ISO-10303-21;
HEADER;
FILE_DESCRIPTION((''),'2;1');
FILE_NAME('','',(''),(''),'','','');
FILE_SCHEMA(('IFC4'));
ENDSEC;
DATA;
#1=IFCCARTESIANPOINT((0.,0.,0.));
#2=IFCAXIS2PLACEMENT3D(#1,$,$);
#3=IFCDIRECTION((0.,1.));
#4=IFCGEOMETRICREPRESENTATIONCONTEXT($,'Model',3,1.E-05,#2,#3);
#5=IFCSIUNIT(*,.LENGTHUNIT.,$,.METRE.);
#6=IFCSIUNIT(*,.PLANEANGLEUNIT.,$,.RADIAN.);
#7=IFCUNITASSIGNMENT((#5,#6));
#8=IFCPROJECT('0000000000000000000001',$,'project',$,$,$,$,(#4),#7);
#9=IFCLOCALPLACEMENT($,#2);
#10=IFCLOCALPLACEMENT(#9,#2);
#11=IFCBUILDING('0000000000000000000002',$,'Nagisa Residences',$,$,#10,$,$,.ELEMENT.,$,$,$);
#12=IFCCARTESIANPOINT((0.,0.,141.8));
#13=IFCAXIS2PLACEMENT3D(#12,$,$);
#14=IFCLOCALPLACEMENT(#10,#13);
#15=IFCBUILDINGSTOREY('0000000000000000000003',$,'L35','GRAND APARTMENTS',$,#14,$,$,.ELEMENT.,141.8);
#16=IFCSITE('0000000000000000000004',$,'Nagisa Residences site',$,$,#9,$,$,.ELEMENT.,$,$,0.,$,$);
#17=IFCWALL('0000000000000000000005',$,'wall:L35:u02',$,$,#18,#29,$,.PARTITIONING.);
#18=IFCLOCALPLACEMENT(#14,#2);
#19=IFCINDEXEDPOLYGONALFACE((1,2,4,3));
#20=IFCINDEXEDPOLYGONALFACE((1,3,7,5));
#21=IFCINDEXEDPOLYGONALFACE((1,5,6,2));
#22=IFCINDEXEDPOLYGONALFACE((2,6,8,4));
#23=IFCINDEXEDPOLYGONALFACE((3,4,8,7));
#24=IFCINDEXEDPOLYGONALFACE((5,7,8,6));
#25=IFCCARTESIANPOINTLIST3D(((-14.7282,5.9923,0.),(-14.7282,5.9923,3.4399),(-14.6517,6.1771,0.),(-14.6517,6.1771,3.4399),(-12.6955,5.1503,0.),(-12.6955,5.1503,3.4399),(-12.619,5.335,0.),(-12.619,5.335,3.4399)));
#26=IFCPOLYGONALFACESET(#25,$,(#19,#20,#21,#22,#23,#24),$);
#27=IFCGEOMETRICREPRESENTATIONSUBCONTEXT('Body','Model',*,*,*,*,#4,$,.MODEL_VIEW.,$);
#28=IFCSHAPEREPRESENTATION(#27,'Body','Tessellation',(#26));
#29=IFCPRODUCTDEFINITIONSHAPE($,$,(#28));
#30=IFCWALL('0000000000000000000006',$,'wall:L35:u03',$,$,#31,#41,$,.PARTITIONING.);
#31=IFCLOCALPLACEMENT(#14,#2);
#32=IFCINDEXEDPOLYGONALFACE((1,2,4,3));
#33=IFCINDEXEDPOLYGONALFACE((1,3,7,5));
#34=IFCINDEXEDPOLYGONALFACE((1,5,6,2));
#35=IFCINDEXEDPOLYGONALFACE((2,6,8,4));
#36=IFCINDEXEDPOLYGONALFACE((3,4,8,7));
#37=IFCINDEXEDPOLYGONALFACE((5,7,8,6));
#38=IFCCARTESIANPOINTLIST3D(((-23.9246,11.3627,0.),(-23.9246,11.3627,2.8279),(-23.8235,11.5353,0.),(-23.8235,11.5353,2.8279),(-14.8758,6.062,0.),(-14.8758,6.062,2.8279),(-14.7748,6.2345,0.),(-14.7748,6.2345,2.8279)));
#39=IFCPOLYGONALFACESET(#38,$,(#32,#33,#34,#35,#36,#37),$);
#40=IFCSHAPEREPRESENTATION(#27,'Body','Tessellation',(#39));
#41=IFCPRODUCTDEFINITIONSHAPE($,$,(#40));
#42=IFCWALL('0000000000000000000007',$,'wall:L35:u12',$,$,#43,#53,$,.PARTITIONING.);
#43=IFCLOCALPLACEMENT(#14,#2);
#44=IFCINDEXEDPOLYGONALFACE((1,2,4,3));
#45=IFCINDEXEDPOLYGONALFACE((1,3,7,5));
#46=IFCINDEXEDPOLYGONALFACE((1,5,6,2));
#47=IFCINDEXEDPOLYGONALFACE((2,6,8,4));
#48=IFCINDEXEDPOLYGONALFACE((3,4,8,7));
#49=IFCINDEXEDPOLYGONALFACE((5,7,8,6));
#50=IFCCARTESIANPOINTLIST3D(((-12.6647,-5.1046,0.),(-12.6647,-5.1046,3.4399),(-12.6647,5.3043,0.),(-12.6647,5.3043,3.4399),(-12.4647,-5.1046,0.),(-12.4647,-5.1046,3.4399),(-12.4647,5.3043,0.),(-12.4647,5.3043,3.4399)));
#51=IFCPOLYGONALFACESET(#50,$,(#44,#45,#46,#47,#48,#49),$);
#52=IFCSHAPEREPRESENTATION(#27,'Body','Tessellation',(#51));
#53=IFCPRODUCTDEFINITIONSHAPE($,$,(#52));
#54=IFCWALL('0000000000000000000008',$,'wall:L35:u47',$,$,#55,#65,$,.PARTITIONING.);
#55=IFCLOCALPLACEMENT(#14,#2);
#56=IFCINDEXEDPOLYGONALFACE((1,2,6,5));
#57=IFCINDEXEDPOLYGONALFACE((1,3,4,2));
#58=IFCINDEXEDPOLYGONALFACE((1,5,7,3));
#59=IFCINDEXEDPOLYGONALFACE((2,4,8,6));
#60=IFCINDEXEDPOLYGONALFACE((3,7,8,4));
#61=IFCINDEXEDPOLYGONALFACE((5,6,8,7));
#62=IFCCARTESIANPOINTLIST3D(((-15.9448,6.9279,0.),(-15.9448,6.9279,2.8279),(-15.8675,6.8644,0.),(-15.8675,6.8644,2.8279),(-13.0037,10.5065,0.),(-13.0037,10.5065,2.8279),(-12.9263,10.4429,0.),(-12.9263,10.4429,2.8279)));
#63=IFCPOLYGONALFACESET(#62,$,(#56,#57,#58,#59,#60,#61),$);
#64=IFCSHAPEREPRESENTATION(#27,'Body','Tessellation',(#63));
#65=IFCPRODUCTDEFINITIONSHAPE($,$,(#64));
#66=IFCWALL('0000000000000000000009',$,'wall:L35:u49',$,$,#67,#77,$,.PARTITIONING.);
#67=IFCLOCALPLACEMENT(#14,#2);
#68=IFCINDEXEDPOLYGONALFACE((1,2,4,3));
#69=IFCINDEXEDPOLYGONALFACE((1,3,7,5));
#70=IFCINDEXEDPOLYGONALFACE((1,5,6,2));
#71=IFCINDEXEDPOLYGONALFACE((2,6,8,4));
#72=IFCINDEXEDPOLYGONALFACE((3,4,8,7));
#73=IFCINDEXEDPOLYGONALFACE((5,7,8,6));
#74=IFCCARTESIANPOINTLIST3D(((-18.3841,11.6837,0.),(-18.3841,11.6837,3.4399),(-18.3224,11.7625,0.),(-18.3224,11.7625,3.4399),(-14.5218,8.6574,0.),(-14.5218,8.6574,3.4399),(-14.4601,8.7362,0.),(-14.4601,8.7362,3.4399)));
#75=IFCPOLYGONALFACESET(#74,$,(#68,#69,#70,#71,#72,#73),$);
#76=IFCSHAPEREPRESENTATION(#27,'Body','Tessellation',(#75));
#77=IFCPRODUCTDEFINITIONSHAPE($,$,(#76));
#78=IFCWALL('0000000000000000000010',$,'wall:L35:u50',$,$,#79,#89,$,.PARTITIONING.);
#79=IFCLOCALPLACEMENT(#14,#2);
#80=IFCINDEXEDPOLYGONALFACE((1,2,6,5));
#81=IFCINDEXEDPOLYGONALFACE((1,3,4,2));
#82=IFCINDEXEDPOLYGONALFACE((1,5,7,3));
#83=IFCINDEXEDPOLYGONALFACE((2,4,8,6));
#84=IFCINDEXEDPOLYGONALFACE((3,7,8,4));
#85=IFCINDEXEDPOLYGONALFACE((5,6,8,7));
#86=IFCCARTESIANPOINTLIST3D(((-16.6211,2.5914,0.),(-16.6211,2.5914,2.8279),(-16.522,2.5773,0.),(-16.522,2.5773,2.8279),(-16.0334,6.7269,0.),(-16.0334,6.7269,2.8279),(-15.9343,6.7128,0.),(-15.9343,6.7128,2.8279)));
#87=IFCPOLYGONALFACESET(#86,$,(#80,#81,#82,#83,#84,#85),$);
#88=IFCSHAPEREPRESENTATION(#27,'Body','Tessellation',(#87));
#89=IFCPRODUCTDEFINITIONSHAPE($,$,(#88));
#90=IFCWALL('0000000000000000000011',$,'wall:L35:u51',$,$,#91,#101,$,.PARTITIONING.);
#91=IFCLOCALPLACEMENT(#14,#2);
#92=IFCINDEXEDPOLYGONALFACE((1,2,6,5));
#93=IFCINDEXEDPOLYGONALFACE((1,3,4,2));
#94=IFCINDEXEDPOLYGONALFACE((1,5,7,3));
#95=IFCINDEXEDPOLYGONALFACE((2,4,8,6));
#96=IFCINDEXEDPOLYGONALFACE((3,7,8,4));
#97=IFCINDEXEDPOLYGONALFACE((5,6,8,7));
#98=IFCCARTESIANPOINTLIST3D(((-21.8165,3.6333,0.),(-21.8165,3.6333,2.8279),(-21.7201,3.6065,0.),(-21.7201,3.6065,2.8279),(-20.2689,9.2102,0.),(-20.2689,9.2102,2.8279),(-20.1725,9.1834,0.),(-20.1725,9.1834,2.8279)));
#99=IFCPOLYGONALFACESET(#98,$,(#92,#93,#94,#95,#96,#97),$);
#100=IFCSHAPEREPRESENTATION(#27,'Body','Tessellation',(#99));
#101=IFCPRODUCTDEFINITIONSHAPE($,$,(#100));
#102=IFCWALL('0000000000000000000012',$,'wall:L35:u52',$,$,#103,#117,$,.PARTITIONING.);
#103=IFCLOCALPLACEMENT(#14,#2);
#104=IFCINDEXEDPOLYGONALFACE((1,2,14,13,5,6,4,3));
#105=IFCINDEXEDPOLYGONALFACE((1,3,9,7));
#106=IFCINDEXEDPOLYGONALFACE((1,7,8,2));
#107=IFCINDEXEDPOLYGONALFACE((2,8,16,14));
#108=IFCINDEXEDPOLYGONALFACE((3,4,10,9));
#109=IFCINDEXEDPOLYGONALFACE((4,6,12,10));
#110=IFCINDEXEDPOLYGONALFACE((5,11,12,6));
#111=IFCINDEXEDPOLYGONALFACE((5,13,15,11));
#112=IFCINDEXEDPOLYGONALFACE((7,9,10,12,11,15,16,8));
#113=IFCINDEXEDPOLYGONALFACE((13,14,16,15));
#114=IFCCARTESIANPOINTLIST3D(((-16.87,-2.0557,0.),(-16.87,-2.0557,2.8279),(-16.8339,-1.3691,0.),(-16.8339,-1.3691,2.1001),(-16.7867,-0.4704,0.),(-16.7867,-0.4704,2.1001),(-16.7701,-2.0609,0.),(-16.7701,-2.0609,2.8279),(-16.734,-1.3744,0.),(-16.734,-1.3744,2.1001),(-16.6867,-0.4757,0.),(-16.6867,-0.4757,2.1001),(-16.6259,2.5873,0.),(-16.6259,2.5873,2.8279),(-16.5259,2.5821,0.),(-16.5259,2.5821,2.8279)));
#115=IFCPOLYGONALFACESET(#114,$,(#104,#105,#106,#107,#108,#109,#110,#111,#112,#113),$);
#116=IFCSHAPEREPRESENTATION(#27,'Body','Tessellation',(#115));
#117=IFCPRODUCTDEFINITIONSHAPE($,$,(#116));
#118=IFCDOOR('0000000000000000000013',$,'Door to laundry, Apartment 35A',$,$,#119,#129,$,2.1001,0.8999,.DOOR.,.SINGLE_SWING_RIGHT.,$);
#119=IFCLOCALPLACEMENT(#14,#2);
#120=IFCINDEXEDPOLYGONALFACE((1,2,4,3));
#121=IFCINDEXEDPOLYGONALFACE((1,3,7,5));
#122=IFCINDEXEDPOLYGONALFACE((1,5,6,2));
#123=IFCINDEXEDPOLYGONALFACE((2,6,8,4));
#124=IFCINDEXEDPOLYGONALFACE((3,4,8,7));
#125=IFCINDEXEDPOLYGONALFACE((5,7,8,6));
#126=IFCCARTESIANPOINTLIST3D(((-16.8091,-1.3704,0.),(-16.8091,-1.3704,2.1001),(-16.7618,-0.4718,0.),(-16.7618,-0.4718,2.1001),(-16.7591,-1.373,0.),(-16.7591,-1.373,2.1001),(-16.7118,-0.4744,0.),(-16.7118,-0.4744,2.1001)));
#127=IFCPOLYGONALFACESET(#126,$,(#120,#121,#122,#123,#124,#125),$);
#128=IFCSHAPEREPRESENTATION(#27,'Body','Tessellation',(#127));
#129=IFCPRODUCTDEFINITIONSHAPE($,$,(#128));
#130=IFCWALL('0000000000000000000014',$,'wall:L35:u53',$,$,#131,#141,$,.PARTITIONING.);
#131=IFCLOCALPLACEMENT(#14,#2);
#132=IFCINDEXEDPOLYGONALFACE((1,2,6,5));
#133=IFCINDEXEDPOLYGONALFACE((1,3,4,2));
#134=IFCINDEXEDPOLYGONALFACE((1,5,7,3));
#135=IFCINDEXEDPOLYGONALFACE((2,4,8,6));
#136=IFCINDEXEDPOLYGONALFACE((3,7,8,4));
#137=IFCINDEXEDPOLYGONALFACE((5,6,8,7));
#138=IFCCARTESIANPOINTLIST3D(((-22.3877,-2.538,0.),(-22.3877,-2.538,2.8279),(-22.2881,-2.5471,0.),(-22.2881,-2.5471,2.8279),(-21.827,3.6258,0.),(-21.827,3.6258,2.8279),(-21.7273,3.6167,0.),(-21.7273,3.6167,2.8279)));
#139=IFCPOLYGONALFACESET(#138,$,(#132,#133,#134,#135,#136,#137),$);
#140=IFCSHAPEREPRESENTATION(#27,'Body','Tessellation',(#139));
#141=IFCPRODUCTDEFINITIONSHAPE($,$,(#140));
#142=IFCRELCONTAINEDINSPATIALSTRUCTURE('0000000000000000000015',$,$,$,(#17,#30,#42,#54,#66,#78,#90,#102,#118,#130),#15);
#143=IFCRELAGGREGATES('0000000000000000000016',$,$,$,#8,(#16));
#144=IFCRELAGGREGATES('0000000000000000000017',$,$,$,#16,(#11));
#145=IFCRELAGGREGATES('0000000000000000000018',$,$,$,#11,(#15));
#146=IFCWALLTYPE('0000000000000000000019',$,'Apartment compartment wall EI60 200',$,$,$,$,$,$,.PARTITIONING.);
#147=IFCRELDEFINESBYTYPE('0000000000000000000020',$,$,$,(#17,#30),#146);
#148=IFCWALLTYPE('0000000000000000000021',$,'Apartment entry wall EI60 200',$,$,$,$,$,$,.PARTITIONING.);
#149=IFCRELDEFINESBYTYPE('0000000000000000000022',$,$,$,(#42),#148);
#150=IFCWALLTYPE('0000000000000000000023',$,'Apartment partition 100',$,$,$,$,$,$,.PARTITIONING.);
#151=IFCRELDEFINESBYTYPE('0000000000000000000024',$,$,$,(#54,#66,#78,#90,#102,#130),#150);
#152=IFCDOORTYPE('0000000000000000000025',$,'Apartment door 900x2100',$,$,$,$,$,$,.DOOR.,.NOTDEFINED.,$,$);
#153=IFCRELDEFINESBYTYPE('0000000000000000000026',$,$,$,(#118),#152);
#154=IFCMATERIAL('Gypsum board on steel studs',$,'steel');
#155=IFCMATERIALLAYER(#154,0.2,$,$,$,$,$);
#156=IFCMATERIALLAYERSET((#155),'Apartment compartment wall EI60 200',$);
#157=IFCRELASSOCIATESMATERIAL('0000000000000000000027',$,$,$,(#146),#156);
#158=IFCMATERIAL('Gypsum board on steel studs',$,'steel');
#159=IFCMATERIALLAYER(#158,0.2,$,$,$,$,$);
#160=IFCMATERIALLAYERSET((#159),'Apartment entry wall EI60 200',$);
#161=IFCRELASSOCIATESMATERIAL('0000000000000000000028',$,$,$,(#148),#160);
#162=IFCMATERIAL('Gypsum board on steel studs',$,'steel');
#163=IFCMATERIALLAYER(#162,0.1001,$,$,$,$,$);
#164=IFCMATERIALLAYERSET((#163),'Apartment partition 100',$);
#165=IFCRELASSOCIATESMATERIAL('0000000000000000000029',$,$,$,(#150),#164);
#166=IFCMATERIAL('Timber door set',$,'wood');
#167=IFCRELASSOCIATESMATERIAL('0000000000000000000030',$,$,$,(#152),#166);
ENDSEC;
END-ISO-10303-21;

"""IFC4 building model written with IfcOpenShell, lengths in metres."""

from ifc_helpers import new_model, si_unit, direction, frame, frame_2d, origin, place, context, subcontext, project, spatial, rectangle, extrude, material, layer, layer_set, type_object, element, fill, save


model = new_model("IFC4")

# Units and contexts
model_context = context("Model", 3, precision=1e-05, world=origin(), true_north=direction((0.0, 1.0)))
body_context = subcontext(model_context, "Body", "Model", "MODEL_VIEW")
ifc_project = project(units=[si_unit("LENGTHUNIT", "METRE"), si_unit("PLANEANGLEUNIT", "RADIAN")], contexts=[model_context])

# Site, building, storey
site_placement = place(None, origin())
site = spatial("IfcSite", under=ifc_project, at=site_placement, Name="Nagisa Residences site", CompositionType="ELEMENT", RefElevation=0.0)
building_placement = place(site_placement, origin())
building = spatial("IfcBuilding", under=site, at=building_placement, Name="Nagisa Residences", CompositionType="ELEMENT")
storey_placement = place(building_placement, frame((0.0, 0.0, 141.8)))
storey = spatial("IfcBuildingStorey", under=building, at=storey_placement, Name="L35", Description="GRAND APARTMENTS", CompositionType="ELEMENT", Elevation=141.8)

# Walls
ifc_material_1 = material(Name="Gypsum board on steel studs", Category="steel")
ifc_layer_1 = layer(ifc_material_1, 0.2)
ifc_layer_set_1 = layer_set([ifc_layer_1], Name="Apartment compartment wall EI60 200")
wall_type_1 = type_object("IfcWallType", Name="Apartment compartment wall EI60 200", PredefinedType="PARTITIONING", material=ifc_layer_set_1)
wall_1_placement = place(storey_placement, frame((-12.6572, 5.2427, 0.0), z_axis=(0.0, 0.0, 1.0), x_axis=(-0.923869, 0.382708, 0.0)))
element("IfcWall", 1, at=wall_1_placement, inside=storey, type_object=wall_type_1, Name="wall:L35:u02", PredefinedType="PARTITIONING", context=body_context, shape_type="SweptSolid", body=[
    extrude(rectangle(XDim=2.2002, YDim=0.2, at=frame_2d((1.1001, 0.0))), origin(), (0.0, 0.0, 1.0), 3.4399),
])
wall_2_placement = place(storey_placement, frame((-14.8252, 6.1482, 0.0), z_axis=(0.0, 0.0, 1.0), x_axis=(-0.862852, 0.505457, 0.0)))
element("IfcWall", 2, at=wall_2_placement, inside=storey, type_object=wall_type_1, Name="wall:L35:u03", PredefinedType="PARTITIONING", context=body_context, shape_type="SweptSolid", body=[
    extrude(rectangle(XDim=10.4871, YDim=0.2, at=frame_2d((5.2437, 0.0))), origin(), (0.0, 0.0, 1.0), 2.8279),
])
ifc_material_2 = material(Name="Gypsum board on steel studs", Category="steel")
ifc_layer_2 = layer(ifc_material_2, 0.2)
ifc_layer_set_2 = layer_set([ifc_layer_2], Name="Apartment entry wall EI60 200")
wall_type_2 = type_object("IfcWallType", Name="Apartment entry wall EI60 200", PredefinedType="PARTITIONING", material=ifc_layer_set_2)
wall_3_placement = place(storey_placement, frame((-12.5647, 5.3044, 0.0), z_axis=(0.0, 0.0, 1.0), x_axis=(0.0, -1.0, 0.0)))
element("IfcWall", 3, at=wall_3_placement, inside=storey, type_object=wall_type_2, Name="wall:L35:u12", PredefinedType="PARTITIONING", context=body_context, shape_type="SweptSolid", body=[
    extrude(rectangle(XDim=10.4089, YDim=0.2, at=frame_2d((5.2046, 0.0))), origin(), (0.0, 0.0, 1.0), 3.4399),
])
ifc_material_3 = material(Name="Gypsum board on steel studs", Category="steel")
ifc_layer_3 = layer(ifc_material_3, 0.1001)
ifc_layer_set_3 = layer_set([ifc_layer_3], Name="Apartment partition 100")
wall_type_3 = type_object("IfcWallType", Name="Apartment partition 100", PredefinedType="PARTITIONING", material=ifc_layer_set_3)
wall_4_placement = place(storey_placement, frame((-12.9651, 10.4746, 0.0), z_axis=(0.0, 0.0, 1.0), x_axis=(-0.634944, -0.772558, 0.0)))
element("IfcWall", 4, at=wall_4_placement, inside=storey, type_object=wall_type_3, Name="wall:L35:u47", PredefinedType="PARTITIONING", context=body_context, shape_type="SweptSolid", body=[
    extrude(rectangle(XDim=4.6321, YDim=0.1001, at=frame_2d((2.3159, 0.0))), origin(), (0.0, 0.0, 1.0), 2.8279),
])
wall_5_placement = place(storey_placement, frame((-14.491, 8.6968, 0.0), z_axis=(0.0, 0.0, 1.0), x_axis=(-0.787139, 0.616775, 0.0)))
element("IfcWall", 5, at=wall_5_placement, inside=storey, type_object=wall_type_3, Name="wall:L35:u49", PredefinedType="PARTITIONING", context=body_context, shape_type="SweptSolid", body=[
    extrude(rectangle(XDim=4.9067, YDim=0.1001, at=frame_2d((2.4534, 0.0))), origin(), (0.0, 0.0, 1.0), 3.4399),
])
wall_6_placement = place(storey_placement, frame((-15.9839, 6.7197, 0.0), z_axis=(0.0, 0.0, 1.0), x_axis=(-0.140685, -0.990054, 0.0)))
element("IfcWall", 6, at=wall_6_placement, inside=storey, type_object=wall_type_3, Name="wall:L35:u50", PredefinedType="PARTITIONING", context=body_context, shape_type="SweptSolid", body=[
    extrude(rectangle(XDim=4.177, YDim=0.1001, at=frame_2d((2.0884, 0.0))), origin(), (0.0, 0.0, 1.0), 2.8279),
])
wall_7_placement = place(storey_placement, frame((-20.2207, 9.1968, 0.0), z_axis=(0.0, 0.0, 1.0), x_axis=(-0.267398, -0.963586, 0.0)))
element("IfcWall", 7, at=wall_7_placement, inside=storey, type_object=wall_type_3, Name="wall:L35:u51", PredefinedType="PARTITIONING", context=body_context, shape_type="SweptSolid", body=[
    extrude(rectangle(XDim=5.7876, YDim=0.1001, at=frame_2d((2.8938, 0.0))), origin(), (0.0, 0.0, 1.0), 2.8279),
])

# Wall, opening, door
wall_8_placement = place(storey_placement, frame((-16.5759, 2.5847, 0.0), z_axis=(0.0, 0.0, 1.0), x_axis=(-0.052509, -0.99862, 0.0)))
wall_8 = element("IfcWall", 8, at=wall_8_placement, inside=storey, type_object=wall_type_3, Name="wall:L35:u52", PredefinedType="PARTITIONING", context=body_context, shape_type="SweptSolid", body=[
    extrude(rectangle(XDim=4.6494, YDim=0.1001, at=frame_2d((2.3247, 0.0))), origin(), (0.0, 0.0, 1.0), 2.8279),
])
opening_1_placement = place(wall_8_placement, frame((3.062, 0.0, 0.0)))
opening_1 = element("IfcOpeningElement", 9, at=opening_1_placement, cuts=wall_8, PredefinedType="OPENING", context=body_context, shape_type="SweptSolid", body=[
    extrude(rectangle(XDim=0.8999, YDim=2.1001, at=frame_2d((0.45, 1.05))), frame((0.0, 0.0601, 0.0), z_axis=(0.0, -1.0, 0.0), x_axis=(1.0, 0.0, 0.0)), (0.0, 0.0, 1.0), 0.1201),
])
ifc_material_4 = material(Name="Timber door set", Category="wood")
door_type_1 = type_object("IfcDoorType", Name="Apartment door 900x2100", OperationType="NOTDEFINED", PredefinedType="DOOR", material=ifc_material_4)
door_1_placement = place(opening_1_placement, origin())
door_1 = element("IfcDoor", 10, at=door_1_placement, inside=storey, type_object=door_type_1, Name="Door to laundry, Apartment 35A", OperationType="SINGLE_SWING_RIGHT", OverallHeight=2.1001, OverallWidth=0.8999, PredefinedType="DOOR", context=body_context, shape_type="SweptSolid", body=[
    extrude(rectangle(XDim=0.8999, YDim=2.1001, at=frame_2d((0.45, 1.05))), frame((0.0, 0.0249, 0.0), z_axis=(0.0, -1.0, 0.0), x_axis=(1.0, 0.0, 0.0)), (0.0, 0.0, 1.0), 0.05),
])
fill(opening_1, door_1)

# Wall
wall_9_placement = place(storey_placement, frame((-21.7771, 3.6213, 0.0), z_axis=(0.0, 0.0, 1.0), x_axis=(-0.090607, -0.995887, 0.0)))
element("IfcWall", 11, at=wall_9_placement, inside=storey, type_object=wall_type_3, Name="wall:L35:u53", PredefinedType="PARTITIONING", context=body_context, shape_type="SweptSolid", body=[
    extrude(rectangle(XDim=6.1892, YDim=0.1001, at=frame_2d((3.0947, 0.0))), origin(), (0.0, 0.0, 1.0), 2.8279),
])

save(model, "model.ifc")
